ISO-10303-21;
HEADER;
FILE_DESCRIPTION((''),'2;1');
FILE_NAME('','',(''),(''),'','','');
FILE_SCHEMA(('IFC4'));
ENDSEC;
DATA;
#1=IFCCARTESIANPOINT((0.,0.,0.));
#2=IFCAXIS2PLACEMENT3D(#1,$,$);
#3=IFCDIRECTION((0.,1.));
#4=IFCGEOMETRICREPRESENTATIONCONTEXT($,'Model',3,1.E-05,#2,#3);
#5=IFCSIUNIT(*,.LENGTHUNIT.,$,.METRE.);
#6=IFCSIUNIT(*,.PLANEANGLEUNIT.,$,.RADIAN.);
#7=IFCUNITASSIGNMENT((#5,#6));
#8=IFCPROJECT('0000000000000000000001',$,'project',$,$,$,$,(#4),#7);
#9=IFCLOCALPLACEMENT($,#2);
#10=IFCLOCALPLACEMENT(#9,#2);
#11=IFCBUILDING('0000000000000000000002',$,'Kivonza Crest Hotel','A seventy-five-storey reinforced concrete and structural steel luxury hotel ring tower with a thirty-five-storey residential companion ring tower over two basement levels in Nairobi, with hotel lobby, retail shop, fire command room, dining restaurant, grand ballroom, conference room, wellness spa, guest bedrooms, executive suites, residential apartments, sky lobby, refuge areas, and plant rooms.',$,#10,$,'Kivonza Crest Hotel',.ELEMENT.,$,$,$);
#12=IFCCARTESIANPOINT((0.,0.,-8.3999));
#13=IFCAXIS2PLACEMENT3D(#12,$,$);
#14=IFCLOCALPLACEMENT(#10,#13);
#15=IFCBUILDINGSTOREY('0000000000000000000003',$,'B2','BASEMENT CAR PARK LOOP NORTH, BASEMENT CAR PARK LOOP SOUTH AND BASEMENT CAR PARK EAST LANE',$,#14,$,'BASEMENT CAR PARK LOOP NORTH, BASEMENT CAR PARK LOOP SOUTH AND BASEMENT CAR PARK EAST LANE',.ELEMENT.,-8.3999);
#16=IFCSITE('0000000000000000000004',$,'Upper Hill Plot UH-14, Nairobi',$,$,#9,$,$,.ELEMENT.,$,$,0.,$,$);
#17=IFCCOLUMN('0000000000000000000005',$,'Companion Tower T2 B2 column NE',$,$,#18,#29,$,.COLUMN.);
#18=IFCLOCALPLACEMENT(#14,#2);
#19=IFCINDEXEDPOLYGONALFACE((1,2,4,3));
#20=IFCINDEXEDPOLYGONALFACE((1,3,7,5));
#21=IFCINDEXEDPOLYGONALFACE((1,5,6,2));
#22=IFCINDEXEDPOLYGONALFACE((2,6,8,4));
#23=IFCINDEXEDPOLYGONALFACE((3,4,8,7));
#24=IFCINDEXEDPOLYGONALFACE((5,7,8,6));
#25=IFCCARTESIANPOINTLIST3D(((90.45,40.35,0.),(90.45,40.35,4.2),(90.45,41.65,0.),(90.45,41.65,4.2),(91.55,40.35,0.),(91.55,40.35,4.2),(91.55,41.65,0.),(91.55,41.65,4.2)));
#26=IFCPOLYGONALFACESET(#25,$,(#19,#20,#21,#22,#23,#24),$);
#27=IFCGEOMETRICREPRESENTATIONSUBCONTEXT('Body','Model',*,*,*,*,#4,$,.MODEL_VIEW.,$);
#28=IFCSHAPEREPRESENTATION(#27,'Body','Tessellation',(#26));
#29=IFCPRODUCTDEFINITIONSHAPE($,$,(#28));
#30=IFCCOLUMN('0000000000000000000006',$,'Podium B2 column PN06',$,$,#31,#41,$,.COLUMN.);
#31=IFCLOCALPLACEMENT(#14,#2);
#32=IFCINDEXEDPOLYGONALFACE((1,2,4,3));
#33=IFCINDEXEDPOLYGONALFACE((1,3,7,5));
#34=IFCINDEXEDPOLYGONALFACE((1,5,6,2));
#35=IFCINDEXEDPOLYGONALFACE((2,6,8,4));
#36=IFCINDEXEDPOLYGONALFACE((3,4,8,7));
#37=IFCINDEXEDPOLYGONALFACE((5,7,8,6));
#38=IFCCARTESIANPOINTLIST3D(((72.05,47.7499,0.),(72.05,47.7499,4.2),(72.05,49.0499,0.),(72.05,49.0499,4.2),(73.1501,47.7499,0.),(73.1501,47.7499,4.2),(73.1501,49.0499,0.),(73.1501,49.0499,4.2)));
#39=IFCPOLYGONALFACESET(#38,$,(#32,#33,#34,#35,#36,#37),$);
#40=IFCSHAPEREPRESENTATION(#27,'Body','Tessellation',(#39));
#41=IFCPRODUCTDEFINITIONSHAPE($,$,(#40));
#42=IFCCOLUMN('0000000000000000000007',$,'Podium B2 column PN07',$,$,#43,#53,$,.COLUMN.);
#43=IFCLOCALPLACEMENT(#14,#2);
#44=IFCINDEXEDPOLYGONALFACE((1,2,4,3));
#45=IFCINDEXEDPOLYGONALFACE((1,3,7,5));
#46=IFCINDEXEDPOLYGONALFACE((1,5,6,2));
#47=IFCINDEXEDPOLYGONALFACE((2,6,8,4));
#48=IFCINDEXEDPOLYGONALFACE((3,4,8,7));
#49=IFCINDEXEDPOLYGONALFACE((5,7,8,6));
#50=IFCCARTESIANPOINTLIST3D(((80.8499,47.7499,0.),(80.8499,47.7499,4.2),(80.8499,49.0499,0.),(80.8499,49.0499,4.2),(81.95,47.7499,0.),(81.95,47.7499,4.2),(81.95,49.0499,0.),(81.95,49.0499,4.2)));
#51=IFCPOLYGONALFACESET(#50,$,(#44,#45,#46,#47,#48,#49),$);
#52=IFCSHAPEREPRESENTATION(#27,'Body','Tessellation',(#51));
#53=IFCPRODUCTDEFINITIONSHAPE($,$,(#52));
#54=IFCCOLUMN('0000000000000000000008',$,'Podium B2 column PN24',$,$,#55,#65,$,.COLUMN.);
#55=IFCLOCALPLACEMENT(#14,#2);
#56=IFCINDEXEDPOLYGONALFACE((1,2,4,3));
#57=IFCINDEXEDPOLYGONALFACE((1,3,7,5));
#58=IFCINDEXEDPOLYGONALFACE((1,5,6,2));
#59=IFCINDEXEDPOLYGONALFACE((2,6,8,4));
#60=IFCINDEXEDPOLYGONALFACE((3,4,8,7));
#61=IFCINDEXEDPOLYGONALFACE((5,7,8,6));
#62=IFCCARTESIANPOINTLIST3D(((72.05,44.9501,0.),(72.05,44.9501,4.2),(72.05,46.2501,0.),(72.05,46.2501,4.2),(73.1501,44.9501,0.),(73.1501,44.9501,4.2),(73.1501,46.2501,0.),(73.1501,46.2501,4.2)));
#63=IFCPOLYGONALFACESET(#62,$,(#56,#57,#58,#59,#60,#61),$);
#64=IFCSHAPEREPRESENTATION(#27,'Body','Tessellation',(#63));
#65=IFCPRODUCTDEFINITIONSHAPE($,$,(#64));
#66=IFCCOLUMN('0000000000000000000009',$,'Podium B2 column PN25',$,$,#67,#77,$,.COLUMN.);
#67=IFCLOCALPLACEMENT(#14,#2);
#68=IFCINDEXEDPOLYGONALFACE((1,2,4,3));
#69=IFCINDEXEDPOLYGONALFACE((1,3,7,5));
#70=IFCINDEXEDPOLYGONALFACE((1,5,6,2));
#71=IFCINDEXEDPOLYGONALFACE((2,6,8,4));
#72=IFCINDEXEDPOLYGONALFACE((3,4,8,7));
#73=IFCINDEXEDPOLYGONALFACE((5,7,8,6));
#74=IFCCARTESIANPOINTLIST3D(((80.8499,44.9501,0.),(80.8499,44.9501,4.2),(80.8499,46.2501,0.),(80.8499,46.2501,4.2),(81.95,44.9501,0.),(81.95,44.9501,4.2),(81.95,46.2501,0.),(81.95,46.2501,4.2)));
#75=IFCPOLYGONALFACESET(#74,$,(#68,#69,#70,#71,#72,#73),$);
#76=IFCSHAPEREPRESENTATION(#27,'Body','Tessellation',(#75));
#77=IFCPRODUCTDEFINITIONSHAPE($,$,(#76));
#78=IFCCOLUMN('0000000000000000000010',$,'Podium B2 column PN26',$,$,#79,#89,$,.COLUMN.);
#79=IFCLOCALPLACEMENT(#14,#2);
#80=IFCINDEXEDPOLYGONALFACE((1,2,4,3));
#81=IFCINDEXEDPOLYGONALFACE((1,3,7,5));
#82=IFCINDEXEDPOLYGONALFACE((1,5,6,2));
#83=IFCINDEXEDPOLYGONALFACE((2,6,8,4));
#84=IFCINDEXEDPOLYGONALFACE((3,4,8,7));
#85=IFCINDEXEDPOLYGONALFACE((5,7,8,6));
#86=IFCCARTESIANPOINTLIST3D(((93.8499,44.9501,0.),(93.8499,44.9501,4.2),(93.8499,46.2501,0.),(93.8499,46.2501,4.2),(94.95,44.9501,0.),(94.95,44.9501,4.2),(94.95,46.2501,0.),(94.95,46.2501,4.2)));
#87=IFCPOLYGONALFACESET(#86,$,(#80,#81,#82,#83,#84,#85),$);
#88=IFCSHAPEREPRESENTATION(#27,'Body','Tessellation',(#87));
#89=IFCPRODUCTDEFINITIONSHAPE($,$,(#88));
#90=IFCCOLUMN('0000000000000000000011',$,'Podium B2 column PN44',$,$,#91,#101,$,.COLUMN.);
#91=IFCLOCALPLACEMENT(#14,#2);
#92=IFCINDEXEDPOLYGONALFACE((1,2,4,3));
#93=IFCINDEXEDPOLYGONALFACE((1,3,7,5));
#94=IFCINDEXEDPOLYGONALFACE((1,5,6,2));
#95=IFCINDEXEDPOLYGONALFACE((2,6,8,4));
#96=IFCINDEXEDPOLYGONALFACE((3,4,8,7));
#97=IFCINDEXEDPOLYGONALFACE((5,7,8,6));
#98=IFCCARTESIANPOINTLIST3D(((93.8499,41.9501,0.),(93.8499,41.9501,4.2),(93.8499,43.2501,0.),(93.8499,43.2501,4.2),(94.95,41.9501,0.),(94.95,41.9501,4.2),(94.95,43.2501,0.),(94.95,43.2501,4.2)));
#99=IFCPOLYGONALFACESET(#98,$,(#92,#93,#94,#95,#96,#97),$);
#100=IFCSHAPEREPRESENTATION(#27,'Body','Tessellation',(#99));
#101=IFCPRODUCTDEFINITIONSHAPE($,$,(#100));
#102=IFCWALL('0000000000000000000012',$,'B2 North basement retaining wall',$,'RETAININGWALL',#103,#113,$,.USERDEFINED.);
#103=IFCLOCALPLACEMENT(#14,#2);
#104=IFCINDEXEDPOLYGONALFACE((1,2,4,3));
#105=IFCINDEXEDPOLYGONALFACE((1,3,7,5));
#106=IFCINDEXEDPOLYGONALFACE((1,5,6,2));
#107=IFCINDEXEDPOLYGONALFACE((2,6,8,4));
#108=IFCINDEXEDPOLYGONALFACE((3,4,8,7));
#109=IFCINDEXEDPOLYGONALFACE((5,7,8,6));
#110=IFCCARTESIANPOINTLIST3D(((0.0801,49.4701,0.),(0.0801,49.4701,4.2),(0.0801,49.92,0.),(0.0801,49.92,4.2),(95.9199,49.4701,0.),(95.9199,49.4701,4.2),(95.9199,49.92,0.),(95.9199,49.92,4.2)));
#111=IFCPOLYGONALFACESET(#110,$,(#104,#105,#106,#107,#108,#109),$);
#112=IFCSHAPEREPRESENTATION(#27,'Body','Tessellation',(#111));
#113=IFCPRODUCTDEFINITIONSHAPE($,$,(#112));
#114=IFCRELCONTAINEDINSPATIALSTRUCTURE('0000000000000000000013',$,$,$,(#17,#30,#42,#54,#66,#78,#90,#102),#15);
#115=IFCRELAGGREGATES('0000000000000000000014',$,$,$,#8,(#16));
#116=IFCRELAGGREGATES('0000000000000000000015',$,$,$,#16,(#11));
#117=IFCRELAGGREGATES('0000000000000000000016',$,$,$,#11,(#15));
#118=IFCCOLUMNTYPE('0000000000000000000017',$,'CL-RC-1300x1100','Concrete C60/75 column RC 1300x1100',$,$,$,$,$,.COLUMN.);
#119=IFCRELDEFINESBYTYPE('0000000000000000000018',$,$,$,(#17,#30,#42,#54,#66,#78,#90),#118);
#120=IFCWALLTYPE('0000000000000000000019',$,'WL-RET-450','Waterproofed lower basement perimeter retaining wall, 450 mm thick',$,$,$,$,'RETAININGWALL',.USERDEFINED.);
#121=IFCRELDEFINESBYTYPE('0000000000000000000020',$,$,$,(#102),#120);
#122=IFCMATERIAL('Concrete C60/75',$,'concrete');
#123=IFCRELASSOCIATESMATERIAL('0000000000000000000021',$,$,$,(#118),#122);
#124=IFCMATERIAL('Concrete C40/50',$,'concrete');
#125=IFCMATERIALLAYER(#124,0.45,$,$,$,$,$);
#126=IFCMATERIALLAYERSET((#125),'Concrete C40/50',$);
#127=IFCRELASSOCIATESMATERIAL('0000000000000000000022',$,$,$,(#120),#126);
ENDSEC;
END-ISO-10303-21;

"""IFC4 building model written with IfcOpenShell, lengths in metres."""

from ifc_helpers import new_model, si_unit, direction, frame, frame_2d, origin, origin_2d, place, context, subcontext, project, spatial, rectangle, extrude, material, layer, layer_set, material_profile, profile_set, type_object, element, save


model = new_model("IFC4")

# Units and contexts
model_context = context("Model", 3, precision=1e-05, world=origin(), true_north=direction((0.0, 1.0)))
body_context = subcontext(model_context, "Body", "Model", "MODEL_VIEW")
ifc_project = project(units=[si_unit("LENGTHUNIT", "METRE"), si_unit("PLANEANGLEUNIT", "RADIAN")], contexts=[model_context])

# Site, building, storey
site_placement = place(None, origin())
site = spatial("IfcSite", under=ifc_project, at=site_placement, Name="Upper Hill Plot UH-14, Nairobi", CompositionType="ELEMENT", RefElevation=0.0)
building_placement = place(site_placement, origin())
building = spatial("IfcBuilding", under=site, at=building_placement, Name="Kivonza Crest Hotel", Description="A seventy-five-storey reinforced concrete and structural steel luxury hotel ring tower with a thirty-five-storey residential companion ring tower over two basement levels in Nairobi, with hotel lobby, retail shop, fire command room, dining restaurant, grand ballroom, conference room, wellness spa, guest bedrooms, executive suites, residential apartments, sky lobby, refuge areas, and plant rooms.", LongName="Kivonza Crest Hotel", CompositionType="ELEMENT")
storey_placement = place(building_placement, frame((0.0, 0.0, -8.3999)))
storey = spatial("IfcBuildingStorey", under=building, at=storey_placement, Name="B2", Description="BASEMENT CAR PARK LOOP NORTH, BASEMENT CAR PARK LOOP SOUTH AND BASEMENT CAR PARK EAST LANE", LongName="BASEMENT CAR PARK LOOP NORTH, BASEMENT CAR PARK LOOP SOUTH AND BASEMENT CAR PARK EAST LANE", CompositionType="ELEMENT", Elevation=-8.3999)

# Shared definitions
ifc_material_1 = material(Name="Concrete C40/50", Category="concrete")

# Columns
ifc_material_2 = material(Name="Concrete C60/75", Category="concrete")
ifc_material_profile_1 = material_profile(ifc_material_2, rectangle(XDim=1.1001, YDim=1.3, at=origin_2d()), Name="RC 1300x1100")
ifc_profile_set_1 = profile_set([ifc_material_profile_1], Name="Concrete C60/75")
column_type_1 = type_object("IfcColumnType", Name="CL-RC-1300x1100", Description="Concrete C60/75 column RC 1300x1100", PredefinedType="COLUMN", material=ifc_profile_set_1)
for number, where, z_axis, x_axis, name in (
    (1, (91.0, 41.0, 0.0), (0.0, 0.0, 1.0), (1.0, 0.0, 0.0), "Companion Tower T2 B2 column NE"),
    (2, (72.6001, 48.3999, 0.0), (0.0, 0.0, 1.0), (1.0, 0.0, 0.0), "Podium B2 column PN06"),
    (3, (81.3999, 48.3999, 0.0), (0.0, 0.0, 1.0), (1.0, 0.0, 0.0), "Podium B2 column PN07"),
    (4, (72.6001, 45.6001, 0.0), (0.0, 0.0, 1.0), (1.0, 0.0, 0.0), "Podium B2 column PN24"),
    (5, (81.3999, 45.6001, 0.0), (0.0, 0.0, 1.0), (1.0, 0.0, 0.0), "Podium B2 column PN25"),
    (6, (94.3999, 45.6001, 0.0), (0.0, 0.0, 1.0), (1.0, 0.0, 0.0), "Podium B2 column PN26"),
    (7, (94.3999, 42.6001, 0.0), (0.0, 0.0, 1.0), (1.0, 0.0, 0.0), "Podium B2 column PN44"),
):
    element("IfcColumn", number, at=place(storey_placement, frame(where, z_axis=z_axis, x_axis=x_axis)), inside=storey, type_object=column_type_1, Name=name, PredefinedType="COLUMN", context=body_context, shape_type="SweptSolid", body=[
        extrude(rectangle(XDim=1.1001, YDim=1.3, at=origin_2d()), origin(), (0.0, 0.0, 1.0), 4.2),
    ])

# Wall
ifc_layer = layer(ifc_material_1, 0.45)
ifc_layer_set = layer_set([ifc_layer], Name="Concrete C40/50")
wall_type = type_object("IfcWallType", Name="WL-RET-450", Description="Waterproofed lower basement perimeter retaining wall, 450 mm thick", ElementType="RETAININGWALL", PredefinedType="USERDEFINED", material=ifc_layer_set)
wall_placement = place(storey_placement, frame((95.9199, 49.6951, 0.0), z_axis=(0.0, 0.0, 1.0), x_axis=(-1.0, 0.0, 0.0)))
element("IfcWall", 8, at=wall_placement, inside=storey, type_object=wall_type, Name="B2 North basement retaining wall", ObjectType="RETAININGWALL", PredefinedType="USERDEFINED", context=body_context, shape_type="SweptSolid", body=[
    extrude(rectangle(XDim=95.8398, YDim=0.45, at=frame_2d((47.9199, 0.0))), origin(), (0.0, 0.0, 1.0), 4.2),
])

save(model, "model.ifc")
